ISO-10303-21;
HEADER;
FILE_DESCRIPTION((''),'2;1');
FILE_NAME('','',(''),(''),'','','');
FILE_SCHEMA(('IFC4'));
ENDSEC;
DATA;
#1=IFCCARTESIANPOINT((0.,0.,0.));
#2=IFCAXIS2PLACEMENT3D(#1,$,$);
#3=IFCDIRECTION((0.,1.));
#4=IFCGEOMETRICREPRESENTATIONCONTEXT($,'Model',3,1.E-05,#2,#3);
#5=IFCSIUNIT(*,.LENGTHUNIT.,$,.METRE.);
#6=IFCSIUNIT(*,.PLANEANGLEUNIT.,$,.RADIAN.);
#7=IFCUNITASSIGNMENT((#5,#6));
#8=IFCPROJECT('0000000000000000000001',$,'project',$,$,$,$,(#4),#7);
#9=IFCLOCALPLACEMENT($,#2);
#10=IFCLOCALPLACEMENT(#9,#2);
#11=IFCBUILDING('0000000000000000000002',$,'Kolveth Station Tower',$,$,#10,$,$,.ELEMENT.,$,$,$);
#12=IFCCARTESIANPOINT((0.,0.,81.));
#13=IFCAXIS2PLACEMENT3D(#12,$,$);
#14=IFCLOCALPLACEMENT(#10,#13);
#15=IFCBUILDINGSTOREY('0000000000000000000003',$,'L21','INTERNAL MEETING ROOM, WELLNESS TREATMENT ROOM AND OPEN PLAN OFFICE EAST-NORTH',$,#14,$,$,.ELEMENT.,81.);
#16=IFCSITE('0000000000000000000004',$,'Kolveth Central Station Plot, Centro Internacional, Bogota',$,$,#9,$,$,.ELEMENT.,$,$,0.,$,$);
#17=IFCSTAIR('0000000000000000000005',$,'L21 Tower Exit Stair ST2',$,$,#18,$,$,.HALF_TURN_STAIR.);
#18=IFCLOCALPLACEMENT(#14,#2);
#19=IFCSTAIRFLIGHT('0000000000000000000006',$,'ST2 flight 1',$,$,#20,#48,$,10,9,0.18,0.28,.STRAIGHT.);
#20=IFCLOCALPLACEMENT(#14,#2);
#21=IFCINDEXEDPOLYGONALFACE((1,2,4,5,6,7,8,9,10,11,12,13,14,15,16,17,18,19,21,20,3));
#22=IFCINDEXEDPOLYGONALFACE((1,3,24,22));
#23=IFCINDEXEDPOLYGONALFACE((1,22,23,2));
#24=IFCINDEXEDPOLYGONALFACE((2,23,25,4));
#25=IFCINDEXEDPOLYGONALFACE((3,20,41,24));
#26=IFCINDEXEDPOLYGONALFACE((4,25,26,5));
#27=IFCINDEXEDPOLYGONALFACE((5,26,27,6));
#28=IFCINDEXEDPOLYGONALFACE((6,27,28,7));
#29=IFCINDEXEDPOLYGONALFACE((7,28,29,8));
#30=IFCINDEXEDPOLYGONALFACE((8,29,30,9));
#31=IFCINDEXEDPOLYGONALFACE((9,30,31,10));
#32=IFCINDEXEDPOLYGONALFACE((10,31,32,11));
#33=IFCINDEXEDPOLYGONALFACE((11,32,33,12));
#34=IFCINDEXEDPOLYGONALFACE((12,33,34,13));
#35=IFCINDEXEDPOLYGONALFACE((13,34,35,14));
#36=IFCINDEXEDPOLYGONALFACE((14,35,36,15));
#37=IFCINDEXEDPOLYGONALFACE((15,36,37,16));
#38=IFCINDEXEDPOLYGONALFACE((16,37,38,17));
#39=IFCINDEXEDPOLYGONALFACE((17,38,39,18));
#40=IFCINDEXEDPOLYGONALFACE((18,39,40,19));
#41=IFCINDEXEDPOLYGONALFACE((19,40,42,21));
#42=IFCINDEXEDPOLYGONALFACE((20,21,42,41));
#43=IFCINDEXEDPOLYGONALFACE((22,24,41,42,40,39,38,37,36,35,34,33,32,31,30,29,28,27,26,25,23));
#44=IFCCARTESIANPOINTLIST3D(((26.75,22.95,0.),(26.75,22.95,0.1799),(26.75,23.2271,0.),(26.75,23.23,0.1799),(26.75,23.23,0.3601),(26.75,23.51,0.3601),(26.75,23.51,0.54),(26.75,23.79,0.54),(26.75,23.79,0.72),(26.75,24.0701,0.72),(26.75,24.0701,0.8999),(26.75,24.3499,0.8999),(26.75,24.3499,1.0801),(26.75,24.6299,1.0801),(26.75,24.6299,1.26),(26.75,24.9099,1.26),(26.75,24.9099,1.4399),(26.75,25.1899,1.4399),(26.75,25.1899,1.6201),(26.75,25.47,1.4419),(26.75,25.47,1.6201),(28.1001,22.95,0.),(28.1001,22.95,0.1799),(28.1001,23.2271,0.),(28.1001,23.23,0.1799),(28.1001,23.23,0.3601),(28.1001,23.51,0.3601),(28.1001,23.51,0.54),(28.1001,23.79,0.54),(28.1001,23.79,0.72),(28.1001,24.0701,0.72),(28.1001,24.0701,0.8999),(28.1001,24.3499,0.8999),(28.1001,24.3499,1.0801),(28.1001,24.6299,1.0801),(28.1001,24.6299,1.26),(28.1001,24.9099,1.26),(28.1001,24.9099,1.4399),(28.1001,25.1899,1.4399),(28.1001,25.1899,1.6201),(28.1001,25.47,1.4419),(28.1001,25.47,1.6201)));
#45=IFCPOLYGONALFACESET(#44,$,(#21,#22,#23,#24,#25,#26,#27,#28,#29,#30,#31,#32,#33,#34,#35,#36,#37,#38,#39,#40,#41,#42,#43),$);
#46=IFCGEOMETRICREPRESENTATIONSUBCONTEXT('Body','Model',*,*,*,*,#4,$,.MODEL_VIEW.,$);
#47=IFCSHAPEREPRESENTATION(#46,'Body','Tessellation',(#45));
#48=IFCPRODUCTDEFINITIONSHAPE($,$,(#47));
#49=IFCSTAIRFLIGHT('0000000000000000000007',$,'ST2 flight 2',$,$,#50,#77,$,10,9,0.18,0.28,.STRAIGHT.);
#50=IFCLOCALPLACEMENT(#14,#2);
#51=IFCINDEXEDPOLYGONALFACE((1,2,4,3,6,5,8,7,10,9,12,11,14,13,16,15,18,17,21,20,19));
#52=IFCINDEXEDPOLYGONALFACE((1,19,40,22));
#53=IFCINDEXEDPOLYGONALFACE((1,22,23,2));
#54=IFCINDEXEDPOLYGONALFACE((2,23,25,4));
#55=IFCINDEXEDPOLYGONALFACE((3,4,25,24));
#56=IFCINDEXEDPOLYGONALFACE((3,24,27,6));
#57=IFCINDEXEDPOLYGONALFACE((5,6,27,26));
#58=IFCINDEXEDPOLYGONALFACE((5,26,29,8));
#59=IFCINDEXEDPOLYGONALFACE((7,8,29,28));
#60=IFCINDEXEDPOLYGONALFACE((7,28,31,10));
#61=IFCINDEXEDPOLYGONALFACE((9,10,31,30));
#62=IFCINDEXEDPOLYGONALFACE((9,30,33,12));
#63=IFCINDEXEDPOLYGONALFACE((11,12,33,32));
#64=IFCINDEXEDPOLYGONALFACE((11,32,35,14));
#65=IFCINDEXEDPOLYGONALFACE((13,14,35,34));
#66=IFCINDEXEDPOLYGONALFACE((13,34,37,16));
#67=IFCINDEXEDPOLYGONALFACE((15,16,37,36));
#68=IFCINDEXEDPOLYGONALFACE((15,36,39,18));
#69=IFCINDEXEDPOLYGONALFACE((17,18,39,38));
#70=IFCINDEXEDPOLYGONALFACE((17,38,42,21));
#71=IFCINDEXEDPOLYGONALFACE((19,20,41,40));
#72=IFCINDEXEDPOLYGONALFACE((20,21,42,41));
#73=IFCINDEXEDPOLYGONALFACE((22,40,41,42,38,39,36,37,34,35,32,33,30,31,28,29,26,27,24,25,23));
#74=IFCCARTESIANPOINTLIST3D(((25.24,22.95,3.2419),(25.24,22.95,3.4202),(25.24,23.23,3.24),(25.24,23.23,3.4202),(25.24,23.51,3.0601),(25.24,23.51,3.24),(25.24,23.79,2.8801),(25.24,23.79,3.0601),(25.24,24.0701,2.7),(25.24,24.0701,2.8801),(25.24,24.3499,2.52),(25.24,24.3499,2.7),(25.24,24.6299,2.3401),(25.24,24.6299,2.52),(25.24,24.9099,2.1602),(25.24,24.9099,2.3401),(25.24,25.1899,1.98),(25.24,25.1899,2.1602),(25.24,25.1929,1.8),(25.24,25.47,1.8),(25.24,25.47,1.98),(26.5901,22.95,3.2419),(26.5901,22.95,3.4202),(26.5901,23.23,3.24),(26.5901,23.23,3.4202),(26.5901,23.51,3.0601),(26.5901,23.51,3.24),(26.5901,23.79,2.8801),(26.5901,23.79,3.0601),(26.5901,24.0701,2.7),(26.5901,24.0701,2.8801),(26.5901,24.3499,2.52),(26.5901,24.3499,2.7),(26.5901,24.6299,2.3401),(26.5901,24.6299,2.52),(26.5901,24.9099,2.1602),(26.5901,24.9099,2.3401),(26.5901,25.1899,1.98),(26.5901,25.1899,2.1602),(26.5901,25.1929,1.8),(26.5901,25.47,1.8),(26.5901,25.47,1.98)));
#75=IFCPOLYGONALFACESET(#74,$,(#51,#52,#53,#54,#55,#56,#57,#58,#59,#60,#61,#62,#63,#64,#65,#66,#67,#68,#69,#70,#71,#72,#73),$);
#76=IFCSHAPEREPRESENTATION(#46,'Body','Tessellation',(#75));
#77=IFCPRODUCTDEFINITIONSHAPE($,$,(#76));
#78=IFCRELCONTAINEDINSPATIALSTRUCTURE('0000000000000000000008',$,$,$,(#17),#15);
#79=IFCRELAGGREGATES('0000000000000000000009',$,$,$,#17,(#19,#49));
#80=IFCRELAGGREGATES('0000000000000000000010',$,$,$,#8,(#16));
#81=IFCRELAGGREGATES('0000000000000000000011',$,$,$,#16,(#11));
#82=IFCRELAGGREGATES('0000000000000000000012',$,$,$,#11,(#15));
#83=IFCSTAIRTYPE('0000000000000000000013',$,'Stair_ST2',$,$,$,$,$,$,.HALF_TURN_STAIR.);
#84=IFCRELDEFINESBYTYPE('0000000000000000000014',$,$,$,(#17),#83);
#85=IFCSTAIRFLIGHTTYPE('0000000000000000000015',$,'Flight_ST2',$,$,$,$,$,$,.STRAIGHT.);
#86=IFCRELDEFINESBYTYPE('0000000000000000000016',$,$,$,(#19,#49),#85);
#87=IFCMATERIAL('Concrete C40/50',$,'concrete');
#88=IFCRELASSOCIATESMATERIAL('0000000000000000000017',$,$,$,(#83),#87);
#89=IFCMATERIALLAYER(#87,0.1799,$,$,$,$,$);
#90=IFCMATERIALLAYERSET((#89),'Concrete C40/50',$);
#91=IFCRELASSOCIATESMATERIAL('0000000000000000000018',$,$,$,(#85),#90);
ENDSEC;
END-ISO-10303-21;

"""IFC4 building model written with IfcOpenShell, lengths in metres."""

from ifc_helpers import new_model, si_unit, direction, frame, origin, place, context, subcontext, project, spatial, polyline, outline, extrude, material, layer, layer_set, type_object, element, aggregate, save


model = new_model("IFC4")

# Units and contexts
model_context = context("Model", 3, precision=1e-05, world=origin(), true_north=direction((0.0, 1.0)))
body_context = subcontext(model_context, "Body", "Model", "MODEL_VIEW")
ifc_project = project(units=[si_unit("LENGTHUNIT", "METRE"), si_unit("PLANEANGLEUNIT", "RADIAN")], contexts=[model_context])

# Site, building, storey
site_placement = place(None, origin())
site = spatial("IfcSite", under=ifc_project, at=site_placement, Name="Kolveth Central Station Plot, Centro Internacional, Bogota", CompositionType="ELEMENT", RefElevation=0.0)
building_placement = place(site_placement, origin())
building = spatial("IfcBuilding", under=site, at=building_placement, Name="Kolveth Station Tower", CompositionType="ELEMENT")
storey_placement = place(building_placement, frame((0.0, 0.0, 81.0)))
storey = spatial("IfcBuildingStorey", under=building, at=storey_placement, Name="L21", Description="INTERNAL MEETING ROOM, WELLNESS TREATMENT ROOM AND OPEN PLAN OFFICE EAST-NORTH", CompositionType="ELEMENT", Elevation=81.0)

# Shared definitions
ifc_material_1 = material(Name="Concrete C40/50", Category="concrete")

# Stair, stair flights
stair_type = type_object("IfcStairType", Name="Stair_ST2", PredefinedType="HALF_TURN_STAIR", material=ifc_material_1)
stair_placement = place(storey_placement, origin())
stair = element("IfcStair", 1, at=stair_placement, inside=storey, type_object=stair_type, Name="L21 Tower Exit Stair ST2", PredefinedType="HALF_TURN_STAIR")
ifc_layer_1 = layer(ifc_material_1, 0.1799)
ifc_layer_set_1 = layer_set([ifc_layer_1], Name="Concrete C40/50")
stair_flight_type = type_object("IfcStairFlightType", Name="Flight_ST2", PredefinedType="STRAIGHT", material=ifc_layer_set_1)
stair_flight_1_placement = place(storey_placement, frame((27.425, 22.95, 0.0), z_axis=(0.0, 0.0, 1.0), x_axis=(0.0, 1.0, 0.0)))
stair_flight_1 = element("IfcStairFlight", 2, at=stair_flight_1_placement, type_object=stair_flight_type, Name="ST2 flight 1", NumberOfRisers=10, NumberOfTreads=9, PredefinedType="STRAIGHT", RiserHeight=0.18, TreadLength=0.28, context=body_context, shape_type="SweptSolid", body=[
    extrude(outline(polyline([(0.0, 0.0), (0.0, 0.1799), (0.28, 0.1799), (0.28, 0.3601), (0.5601, 0.3601), (0.5601, 0.54), (0.8401, 0.54), (0.8401, 0.72), (1.1201, 0.72), (1.1201, 0.8999), (1.3999, 0.8999), (1.3999, 1.0801), (1.6799, 1.0801), (1.6799, 1.26), (1.96, 1.26), (1.96, 1.4399), (2.24, 1.4399), (2.24, 1.6201), (2.52, 1.6201), (2.52, 1.8), (2.52, 1.4419), (0.2771, 0.0), (0.0, 0.0)])), frame((0.0, 0.675, 0.0), z_axis=(0.0, -1.0, 0.0), x_axis=(1.0, 0.0, 0.0)), (0.0, 0.0, 1.0), 1.3501),
])
stair_flight_2_placement = place(storey_placement, frame((25.915, 25.47, 1.8), z_axis=(0.0, 0.0, 1.0), x_axis=(0.0, -1.0, 0.0)))
stair_flight_2 = element("IfcStairFlight", 3, at=stair_flight_2_placement, type_object=stair_flight_type, Name="ST2 flight 2", NumberOfRisers=10, NumberOfTreads=9, PredefinedType="STRAIGHT", RiserHeight=0.18, TreadLength=0.28, context=body_context, shape_type="SweptSolid", body=[
    extrude(outline(polyline([(0.0, 0.0), (0.0, 0.1799), (0.28, 0.1799), (0.28, 0.3601), (0.5601, 0.3601), (0.5601, 0.54), (0.8401, 0.54), (0.8401, 0.72), (1.1201, 0.72), (1.1201, 0.8999), (1.3999, 0.8999), (1.3999, 1.0801), (1.6799, 1.0801), (1.6799, 1.26), (1.96, 1.26), (1.96, 1.4399), (2.24, 1.4399), (2.24, 1.6201), (2.52, 1.6201), (2.52, 1.8), (2.52, 1.4419), (0.2771, 0.0), (0.0, 0.0)])), frame((0.0, 0.675, 0.0), z_axis=(0.0, -1.0, 0.0), x_axis=(1.0, 0.0, 0.0)), (0.0, 0.0, 1.0), 1.3501),
])
aggregate(stair, [stair_flight_1, stair_flight_2])

save(model, "model.ifc")
